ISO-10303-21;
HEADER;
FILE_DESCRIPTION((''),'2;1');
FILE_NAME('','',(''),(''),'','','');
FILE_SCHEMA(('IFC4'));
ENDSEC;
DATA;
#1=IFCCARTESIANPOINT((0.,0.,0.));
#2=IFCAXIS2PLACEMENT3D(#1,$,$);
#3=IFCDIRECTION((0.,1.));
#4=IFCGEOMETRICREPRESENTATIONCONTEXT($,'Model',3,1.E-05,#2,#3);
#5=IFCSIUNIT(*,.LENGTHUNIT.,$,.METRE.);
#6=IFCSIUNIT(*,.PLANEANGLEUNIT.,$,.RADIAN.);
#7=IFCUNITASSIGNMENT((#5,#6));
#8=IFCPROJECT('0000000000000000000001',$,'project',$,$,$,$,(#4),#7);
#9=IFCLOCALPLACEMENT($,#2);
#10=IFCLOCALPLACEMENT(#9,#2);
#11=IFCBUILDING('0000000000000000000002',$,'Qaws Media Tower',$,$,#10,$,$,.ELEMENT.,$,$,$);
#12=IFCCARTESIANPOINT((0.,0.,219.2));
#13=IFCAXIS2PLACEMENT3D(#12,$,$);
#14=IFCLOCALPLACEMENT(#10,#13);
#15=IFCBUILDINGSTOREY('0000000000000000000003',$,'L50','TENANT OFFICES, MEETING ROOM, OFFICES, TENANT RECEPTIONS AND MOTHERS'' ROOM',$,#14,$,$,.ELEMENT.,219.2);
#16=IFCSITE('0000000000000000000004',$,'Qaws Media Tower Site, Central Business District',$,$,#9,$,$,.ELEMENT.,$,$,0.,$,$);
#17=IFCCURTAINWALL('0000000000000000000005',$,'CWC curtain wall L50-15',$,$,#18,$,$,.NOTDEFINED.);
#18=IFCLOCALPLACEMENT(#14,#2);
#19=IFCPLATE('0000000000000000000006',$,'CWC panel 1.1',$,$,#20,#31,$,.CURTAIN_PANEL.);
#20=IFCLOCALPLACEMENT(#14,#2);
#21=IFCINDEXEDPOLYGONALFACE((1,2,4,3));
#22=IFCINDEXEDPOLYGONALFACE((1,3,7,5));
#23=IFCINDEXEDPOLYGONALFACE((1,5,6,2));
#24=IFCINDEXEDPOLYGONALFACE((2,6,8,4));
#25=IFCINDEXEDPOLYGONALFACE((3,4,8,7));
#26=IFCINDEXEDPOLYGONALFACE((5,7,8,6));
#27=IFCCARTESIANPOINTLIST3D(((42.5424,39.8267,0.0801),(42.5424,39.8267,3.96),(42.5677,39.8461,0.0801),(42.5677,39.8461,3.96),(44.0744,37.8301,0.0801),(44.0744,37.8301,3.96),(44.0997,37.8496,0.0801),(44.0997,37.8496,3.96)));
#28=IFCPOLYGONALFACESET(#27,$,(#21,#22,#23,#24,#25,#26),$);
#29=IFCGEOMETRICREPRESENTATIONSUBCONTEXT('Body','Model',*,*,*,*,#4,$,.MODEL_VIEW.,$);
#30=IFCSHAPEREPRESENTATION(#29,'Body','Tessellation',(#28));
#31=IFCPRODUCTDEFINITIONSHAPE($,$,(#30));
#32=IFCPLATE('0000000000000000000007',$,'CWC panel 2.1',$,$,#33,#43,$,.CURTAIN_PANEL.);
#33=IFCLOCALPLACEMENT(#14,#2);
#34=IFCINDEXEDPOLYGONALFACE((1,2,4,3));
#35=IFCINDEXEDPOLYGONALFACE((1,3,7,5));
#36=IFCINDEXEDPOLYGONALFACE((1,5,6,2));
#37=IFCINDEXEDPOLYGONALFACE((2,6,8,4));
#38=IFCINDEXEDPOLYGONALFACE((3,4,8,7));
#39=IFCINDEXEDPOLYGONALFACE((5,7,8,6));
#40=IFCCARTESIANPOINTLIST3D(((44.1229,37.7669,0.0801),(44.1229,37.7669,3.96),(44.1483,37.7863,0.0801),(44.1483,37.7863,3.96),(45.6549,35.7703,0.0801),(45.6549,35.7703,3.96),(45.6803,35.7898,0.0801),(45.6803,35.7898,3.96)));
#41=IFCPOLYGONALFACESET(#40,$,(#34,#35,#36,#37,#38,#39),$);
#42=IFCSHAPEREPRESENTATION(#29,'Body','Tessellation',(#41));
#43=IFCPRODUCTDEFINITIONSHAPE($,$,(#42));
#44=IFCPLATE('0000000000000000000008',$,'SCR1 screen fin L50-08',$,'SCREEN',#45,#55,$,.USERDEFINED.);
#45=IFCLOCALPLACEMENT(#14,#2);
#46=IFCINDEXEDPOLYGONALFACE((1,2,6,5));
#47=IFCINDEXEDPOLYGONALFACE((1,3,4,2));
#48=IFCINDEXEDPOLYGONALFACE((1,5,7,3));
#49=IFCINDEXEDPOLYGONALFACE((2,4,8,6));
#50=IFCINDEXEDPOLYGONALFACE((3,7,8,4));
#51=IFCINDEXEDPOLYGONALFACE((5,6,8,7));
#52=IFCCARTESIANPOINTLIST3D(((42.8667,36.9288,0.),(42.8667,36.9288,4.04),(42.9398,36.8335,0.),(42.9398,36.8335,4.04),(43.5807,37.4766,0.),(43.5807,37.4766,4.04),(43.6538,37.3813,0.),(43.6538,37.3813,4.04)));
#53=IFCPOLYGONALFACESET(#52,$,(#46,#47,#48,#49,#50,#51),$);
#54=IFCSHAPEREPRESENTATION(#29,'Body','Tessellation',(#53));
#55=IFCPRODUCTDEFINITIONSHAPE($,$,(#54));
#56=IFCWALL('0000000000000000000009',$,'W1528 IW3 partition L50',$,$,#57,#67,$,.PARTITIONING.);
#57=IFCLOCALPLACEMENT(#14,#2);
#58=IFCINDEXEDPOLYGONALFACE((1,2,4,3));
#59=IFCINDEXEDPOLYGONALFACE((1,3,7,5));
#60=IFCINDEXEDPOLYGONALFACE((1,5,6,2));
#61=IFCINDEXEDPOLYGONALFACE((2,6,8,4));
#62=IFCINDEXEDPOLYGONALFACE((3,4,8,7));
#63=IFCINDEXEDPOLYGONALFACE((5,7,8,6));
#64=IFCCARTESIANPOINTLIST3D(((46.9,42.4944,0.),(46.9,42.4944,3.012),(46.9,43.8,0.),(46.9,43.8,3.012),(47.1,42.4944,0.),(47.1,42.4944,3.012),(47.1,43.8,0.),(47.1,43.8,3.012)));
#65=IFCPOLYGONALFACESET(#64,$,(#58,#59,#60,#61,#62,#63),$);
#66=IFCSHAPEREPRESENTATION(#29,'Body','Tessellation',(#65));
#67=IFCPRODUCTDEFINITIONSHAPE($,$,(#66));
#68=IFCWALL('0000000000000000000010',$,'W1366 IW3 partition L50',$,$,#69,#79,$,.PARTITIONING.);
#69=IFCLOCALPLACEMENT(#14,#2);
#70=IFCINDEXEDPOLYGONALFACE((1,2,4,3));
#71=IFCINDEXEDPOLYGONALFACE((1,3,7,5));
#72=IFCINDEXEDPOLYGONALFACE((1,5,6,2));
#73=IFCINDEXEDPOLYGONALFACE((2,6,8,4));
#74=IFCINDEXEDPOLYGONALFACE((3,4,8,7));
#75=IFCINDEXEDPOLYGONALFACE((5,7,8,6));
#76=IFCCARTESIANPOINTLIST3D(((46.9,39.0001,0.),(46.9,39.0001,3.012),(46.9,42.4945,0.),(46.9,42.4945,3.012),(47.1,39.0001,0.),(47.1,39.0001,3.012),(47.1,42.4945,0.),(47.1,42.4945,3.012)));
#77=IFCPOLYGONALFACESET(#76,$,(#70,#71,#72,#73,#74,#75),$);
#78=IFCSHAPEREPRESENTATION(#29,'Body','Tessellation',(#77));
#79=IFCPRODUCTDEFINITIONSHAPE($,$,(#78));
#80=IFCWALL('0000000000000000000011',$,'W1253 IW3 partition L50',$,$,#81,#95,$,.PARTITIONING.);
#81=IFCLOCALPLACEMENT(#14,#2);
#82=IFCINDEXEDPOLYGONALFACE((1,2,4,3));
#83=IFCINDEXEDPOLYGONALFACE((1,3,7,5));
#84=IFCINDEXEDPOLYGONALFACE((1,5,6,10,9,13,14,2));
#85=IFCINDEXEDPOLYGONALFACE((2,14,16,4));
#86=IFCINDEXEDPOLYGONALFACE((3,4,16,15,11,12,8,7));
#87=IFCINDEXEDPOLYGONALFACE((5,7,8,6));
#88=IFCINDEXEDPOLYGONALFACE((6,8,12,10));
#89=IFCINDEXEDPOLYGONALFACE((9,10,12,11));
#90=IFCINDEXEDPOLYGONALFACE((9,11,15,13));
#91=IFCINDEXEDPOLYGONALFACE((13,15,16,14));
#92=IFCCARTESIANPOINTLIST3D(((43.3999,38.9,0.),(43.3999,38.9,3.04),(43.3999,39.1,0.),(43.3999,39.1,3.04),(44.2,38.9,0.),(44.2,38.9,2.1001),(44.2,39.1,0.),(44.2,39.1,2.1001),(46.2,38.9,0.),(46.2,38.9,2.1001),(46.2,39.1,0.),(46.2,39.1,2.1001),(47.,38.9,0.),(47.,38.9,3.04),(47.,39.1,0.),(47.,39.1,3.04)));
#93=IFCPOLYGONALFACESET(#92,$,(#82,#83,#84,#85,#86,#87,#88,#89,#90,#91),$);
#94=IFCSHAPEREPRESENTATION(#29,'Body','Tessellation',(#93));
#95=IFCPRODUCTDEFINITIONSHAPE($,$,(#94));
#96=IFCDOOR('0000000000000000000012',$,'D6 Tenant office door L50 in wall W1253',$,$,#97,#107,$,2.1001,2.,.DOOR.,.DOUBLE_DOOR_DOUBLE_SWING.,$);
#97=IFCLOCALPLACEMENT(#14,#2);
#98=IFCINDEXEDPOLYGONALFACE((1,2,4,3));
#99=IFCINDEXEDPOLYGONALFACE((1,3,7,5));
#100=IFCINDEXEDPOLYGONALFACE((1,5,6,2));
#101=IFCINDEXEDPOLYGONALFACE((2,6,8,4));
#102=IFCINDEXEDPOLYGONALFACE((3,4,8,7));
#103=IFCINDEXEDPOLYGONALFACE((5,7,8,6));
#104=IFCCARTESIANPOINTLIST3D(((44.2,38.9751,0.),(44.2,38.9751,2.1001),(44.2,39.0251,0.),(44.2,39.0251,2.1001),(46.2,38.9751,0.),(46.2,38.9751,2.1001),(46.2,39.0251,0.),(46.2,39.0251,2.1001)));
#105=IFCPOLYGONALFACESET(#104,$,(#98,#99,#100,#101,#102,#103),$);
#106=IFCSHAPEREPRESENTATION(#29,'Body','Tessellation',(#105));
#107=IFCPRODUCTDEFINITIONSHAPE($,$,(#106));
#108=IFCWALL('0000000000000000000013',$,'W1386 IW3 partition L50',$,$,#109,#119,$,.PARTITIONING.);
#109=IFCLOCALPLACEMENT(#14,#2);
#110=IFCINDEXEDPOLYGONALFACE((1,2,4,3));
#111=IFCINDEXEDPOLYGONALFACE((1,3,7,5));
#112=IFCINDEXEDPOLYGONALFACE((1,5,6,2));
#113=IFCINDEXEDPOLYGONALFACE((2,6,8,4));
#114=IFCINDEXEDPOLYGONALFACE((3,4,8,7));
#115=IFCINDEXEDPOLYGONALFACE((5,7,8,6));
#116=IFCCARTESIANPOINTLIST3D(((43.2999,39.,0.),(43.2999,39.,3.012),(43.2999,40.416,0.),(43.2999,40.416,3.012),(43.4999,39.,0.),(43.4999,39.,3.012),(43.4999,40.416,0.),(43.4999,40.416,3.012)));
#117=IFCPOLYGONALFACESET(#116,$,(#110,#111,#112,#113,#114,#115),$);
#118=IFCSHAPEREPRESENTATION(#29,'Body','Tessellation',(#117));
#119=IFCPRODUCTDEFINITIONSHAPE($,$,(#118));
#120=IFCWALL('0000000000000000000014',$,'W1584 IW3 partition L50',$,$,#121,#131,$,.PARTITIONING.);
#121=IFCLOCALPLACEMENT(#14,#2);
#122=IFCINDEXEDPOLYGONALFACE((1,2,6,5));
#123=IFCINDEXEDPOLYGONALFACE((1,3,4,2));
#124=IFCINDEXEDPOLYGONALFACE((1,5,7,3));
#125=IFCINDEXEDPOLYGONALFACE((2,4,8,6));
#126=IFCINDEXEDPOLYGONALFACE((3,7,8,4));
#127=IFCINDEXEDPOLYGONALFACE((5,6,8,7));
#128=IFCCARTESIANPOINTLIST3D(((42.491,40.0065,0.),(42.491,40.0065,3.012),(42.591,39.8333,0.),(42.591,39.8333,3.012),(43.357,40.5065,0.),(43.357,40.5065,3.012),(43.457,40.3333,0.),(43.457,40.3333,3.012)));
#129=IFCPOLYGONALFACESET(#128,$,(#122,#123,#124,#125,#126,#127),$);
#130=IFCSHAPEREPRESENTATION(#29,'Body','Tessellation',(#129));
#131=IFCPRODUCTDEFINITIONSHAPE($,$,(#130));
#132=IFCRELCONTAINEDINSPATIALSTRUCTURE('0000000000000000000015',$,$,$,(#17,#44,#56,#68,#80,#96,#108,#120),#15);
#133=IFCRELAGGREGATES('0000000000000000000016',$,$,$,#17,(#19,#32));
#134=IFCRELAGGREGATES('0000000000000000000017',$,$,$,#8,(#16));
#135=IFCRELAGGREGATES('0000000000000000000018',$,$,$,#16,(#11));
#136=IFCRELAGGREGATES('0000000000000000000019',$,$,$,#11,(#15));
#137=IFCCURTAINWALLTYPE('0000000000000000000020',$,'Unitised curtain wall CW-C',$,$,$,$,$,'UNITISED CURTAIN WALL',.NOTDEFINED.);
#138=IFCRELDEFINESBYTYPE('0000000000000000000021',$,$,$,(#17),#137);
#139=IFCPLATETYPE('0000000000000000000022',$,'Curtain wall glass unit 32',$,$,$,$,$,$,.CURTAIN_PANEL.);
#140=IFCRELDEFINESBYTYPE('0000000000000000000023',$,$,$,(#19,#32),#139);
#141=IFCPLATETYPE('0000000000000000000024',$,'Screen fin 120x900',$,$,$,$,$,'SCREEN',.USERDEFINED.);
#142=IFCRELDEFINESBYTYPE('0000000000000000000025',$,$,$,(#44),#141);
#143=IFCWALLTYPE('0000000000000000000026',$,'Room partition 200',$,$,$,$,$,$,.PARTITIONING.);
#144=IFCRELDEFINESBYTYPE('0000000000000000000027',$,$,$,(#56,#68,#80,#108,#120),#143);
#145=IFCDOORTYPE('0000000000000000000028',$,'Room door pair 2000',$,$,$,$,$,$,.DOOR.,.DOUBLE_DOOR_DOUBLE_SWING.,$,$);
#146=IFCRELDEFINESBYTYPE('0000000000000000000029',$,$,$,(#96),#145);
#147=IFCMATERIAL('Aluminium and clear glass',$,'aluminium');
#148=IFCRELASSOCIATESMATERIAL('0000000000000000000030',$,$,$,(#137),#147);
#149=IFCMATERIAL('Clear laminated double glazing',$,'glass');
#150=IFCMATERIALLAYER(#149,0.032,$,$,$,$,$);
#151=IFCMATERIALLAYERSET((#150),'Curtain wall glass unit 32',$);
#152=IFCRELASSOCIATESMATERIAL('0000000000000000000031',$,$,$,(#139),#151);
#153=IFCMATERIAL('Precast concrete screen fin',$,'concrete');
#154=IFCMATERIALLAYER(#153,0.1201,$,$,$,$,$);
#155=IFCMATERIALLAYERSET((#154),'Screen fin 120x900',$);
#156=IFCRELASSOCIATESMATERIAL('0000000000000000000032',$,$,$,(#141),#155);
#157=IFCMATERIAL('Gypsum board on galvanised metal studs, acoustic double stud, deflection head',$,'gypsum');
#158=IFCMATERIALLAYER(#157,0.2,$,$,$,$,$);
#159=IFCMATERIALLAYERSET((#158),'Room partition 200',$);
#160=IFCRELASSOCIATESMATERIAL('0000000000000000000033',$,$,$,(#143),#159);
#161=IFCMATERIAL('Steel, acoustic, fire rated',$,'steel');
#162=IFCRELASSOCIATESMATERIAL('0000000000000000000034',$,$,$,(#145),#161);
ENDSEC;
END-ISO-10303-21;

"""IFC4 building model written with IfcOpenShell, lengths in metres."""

from ifc_helpers import new_model, si_unit, direction, frame, frame_2d, origin, origin_2d, place, context, subcontext, project, spatial, rectangle, extrude, material, layer, layer_set, type_object, element, fill, aggregate, save


model = new_model("IFC4")

# Units and contexts
model_context = context("Model", 3, precision=1e-05, world=origin(), true_north=direction((0.0, 1.0)))
body_context = subcontext(model_context, "Body", "Model", "MODEL_VIEW")
ifc_project = project(units=[si_unit("LENGTHUNIT", "METRE"), si_unit("PLANEANGLEUNIT", "RADIAN")], contexts=[model_context])

# Site, building, storey
site_placement = place(None, origin())
site = spatial("IfcSite", under=ifc_project, at=site_placement, Name="Qaws Media Tower Site, Central Business District", CompositionType="ELEMENT", RefElevation=0.0)
building_placement = place(site_placement, origin())
building = spatial("IfcBuilding", under=site, at=building_placement, Name="Qaws Media Tower", CompositionType="ELEMENT")
storey_placement = place(building_placement, frame((0.0, 0.0, 219.2)))
storey = spatial("IfcBuildingStorey", under=building, at=storey_placement, Name="L50", Description="TENANT OFFICES, MEETING ROOM, OFFICES, TENANT RECEPTIONS AND MOTHERS' ROOM", CompositionType="ELEMENT", Elevation=219.2)

# Shared definitions
ifc_material_1 = material(Name="Aluminium and clear glass", Category="aluminium")
curtain_wall_type = type_object("IfcCurtainWallType", Name="Unitised curtain wall CW-C", ElementType="UNITISED CURTAIN WALL", PredefinedType="NOTDEFINED", material=ifc_material_1)

# Curtain wall
curtain_wall_1_placement = place(storey_placement, origin())
curtain_wall_1 = element("IfcCurtainWall", 1, at=curtain_wall_1_placement, inside=storey, type_object=curtain_wall_type, Name="CWC curtain wall L50-15", PredefinedType="NOTDEFINED")

# Plates
ifc_material_2 = material(Name="Clear laminated double glazing", Category="glass")
ifc_layer_1 = layer(ifc_material_2, 0.032)
ifc_layer_set_1 = layer_set([ifc_layer_1], Name="Curtain wall glass unit 32")
plate_type_1 = type_object("IfcPlateType", Name="Curtain wall glass unit 32", PredefinedType="CURTAIN_PANEL", material=ifc_layer_set_1)
plate_1_placement = place(storey_placement, frame((43.321, 38.8381, 0.0801), z_axis=(0.0, 0.0, 1.0), x_axis=(0.608761, -0.793353, 0.0)))
plate_1 = element("IfcPlate", 2, at=plate_1_placement, type_object=plate_type_1, Name="CWC panel 1.1", PredefinedType="CURTAIN_PANEL", context=body_context, shape_type="SweptSolid", body=[
    extrude(rectangle(XDim=2.5166, YDim=0.032, at=origin_2d()), origin(), (0.0, 0.0, 1.0), 3.8799),
])
plate_2_placement = place(storey_placement, frame((44.9016, 36.7783, 0.0801), z_axis=(0.0, 0.0, 1.0), x_axis=(0.608761, -0.793353, 0.0)))
plate_2 = element("IfcPlate", 3, at=plate_2_placement, type_object=plate_type_1, Name="CWC panel 2.1", PredefinedType="CURTAIN_PANEL", context=body_context, shape_type="SweptSolid", body=[
    extrude(rectangle(XDim=2.5166, YDim=0.032, at=origin_2d()), origin(), (0.0, 0.0, 1.0), 3.8799),
])
aggregate(curtain_wall_1, [plate_1, plate_2])
ifc_material_3 = material(Name="Precast concrete screen fin", Category="concrete")
ifc_layer_2 = layer(ifc_material_3, 0.1201)
ifc_layer_set_2 = layer_set([ifc_layer_2], Name="Screen fin 120x900")
plate_type_2 = type_object("IfcPlateType", Name="Screen fin 120x900", ElementType="SCREEN", PredefinedType="USERDEFINED", material=ifc_layer_set_2)
plate_3_placement = place(storey_placement, frame((43.2603, 37.155, 0.0), z_axis=(0.0, 0.0, 1.0), x_axis=(-0.793353, -0.608761, 0.0)))
element("IfcPlate", 4, at=plate_3_placement, inside=storey, type_object=plate_type_2, Name="SCR1 screen fin L50-08", ObjectType="SCREEN", PredefinedType="USERDEFINED", context=body_context, shape_type="SweptSolid", body=[
    extrude(rectangle(XDim=0.8999, YDim=0.1201, at=origin_2d()), origin(), (0.0, 0.0, 1.0), 4.04),
])

# Walls
ifc_material_4 = material(Name="Gypsum board on galvanised metal studs, acoustic double stud, deflection head", Category="gypsum")
ifc_layer_3 = layer(ifc_material_4, 0.2)
ifc_layer_set_3 = layer_set([ifc_layer_3], Name="Room partition 200")
wall_type = type_object("IfcWallType", Name="Room partition 200", PredefinedType="PARTITIONING", material=ifc_layer_set_3)
wall_1_placement = place(storey_placement, frame((47.0, 43.8, 0.0), z_axis=(0.0, 0.0, 1.0), x_axis=(0.0, -1.0, 0.0)))
element("IfcWall", 5, at=wall_1_placement, inside=storey, type_object=wall_type, Name="W1528 IW3 partition L50", PredefinedType="PARTITIONING", context=body_context, shape_type="SweptSolid", body=[
    extrude(rectangle(XDim=1.3057, YDim=0.2, at=frame_2d((0.6528, 0.0))), origin(), (0.0, 0.0, 1.0), 3.012),
])
wall_2_placement = place(storey_placement, frame((47.0, 42.4944, 0.0), z_axis=(0.0, 0.0, 1.0), x_axis=(0.0, -1.0, 0.0)))
element("IfcWall", 6, at=wall_2_placement, inside=storey, type_object=wall_type, Name="W1366 IW3 partition L50", PredefinedType="PARTITIONING", context=body_context, shape_type="SweptSolid", body=[
    extrude(rectangle(XDim=3.4944, YDim=0.2, at=frame_2d((1.7471, 0.0))), origin(), (0.0, 0.0, 1.0), 3.012),
])

# Wall, opening, door
wall_3_placement = place(storey_placement, frame((47.0, 39.0, 0.0), z_axis=(0.0, 0.0, 1.0), x_axis=(-1.0, 0.0, 0.0)))
wall_3 = element("IfcWall", 7, at=wall_3_placement, inside=storey, type_object=wall_type, Name="W1253 IW3 partition L50", PredefinedType="PARTITIONING", context=body_context, shape_type="SweptSolid", body=[
    extrude(rectangle(XDim=3.6001, YDim=0.2, at=frame_2d((1.8, 0.0))), origin(), (0.0, 0.0, 1.0), 3.04),
])
opening_1_placement = place(wall_3_placement, frame((0.8, 0.0, 0.0)))
opening_1 = element("IfcOpeningElement", 8, at=opening_1_placement, cuts=wall_3, PredefinedType="OPENING", context=body_context, shape_type="SweptSolid", body=[
    extrude(rectangle(XDim=2.0, YDim=2.1001, at=frame_2d((1.0, 1.05))), frame((0.0, 0.1099, 0.0), z_axis=(0.0, -1.0, 0.0), x_axis=(1.0, 0.0, 0.0)), (0.0, 0.0, 1.0), 0.22),
])
ifc_material_5 = material(Name="Steel, acoustic, fire rated", Category="steel")
door_type_1 = type_object("IfcDoorType", Name="Room door pair 2000", OperationType="DOUBLE_DOOR_DOUBLE_SWING", PredefinedType="DOOR", material=ifc_material_5)
door_1_placement = place(opening_1_placement, origin())
door_1 = element("IfcDoor", 9, at=door_1_placement, inside=storey, type_object=door_type_1, Name="D6 Tenant office door L50 in wall W1253", OperationType="DOUBLE_DOOR_DOUBLE_SWING", OverallHeight=2.1001, OverallWidth=2.0, PredefinedType="DOOR", context=body_context, shape_type="SweptSolid", body=[
    extrude(rectangle(XDim=2.0, YDim=2.1001, at=frame_2d((1.0, 1.05))), frame((0.0, 0.0249, 0.0), z_axis=(0.0, -1.0, 0.0), x_axis=(1.0, 0.0, 0.0)), (0.0, 0.0, 1.0), 0.05),
])
fill(opening_1, door_1)

# Wall
wall_4_placement = place(storey_placement, frame((43.3999, 39.0, 0.0), z_axis=(0.0, 0.0, 1.0), x_axis=(0.0, 1.0, 0.0)))
element("IfcWall", 10, at=wall_4_placement, inside=storey, type_object=wall_type, Name="W1386 IW3 partition L50", PredefinedType="PARTITIONING", context=body_context, shape_type="SweptSolid", body=[
    extrude(rectangle(XDim=1.416, YDim=0.2, at=frame_2d((0.708, 0.0))), origin(), (0.0, 0.0, 1.0), 3.012),
])

# Wall
wall_5_placement = place(storey_placement, frame((43.407, 40.4199, 0.0), z_axis=(0.0, 0.0, 1.0), x_axis=(-0.866011, -0.500025, 0.0)))
element("IfcWall", 11, at=wall_5_placement, inside=storey, type_object=wall_type, Name="W1584 IW3 partition L50", PredefinedType="PARTITIONING", context=body_context, shape_type="SweptSolid", body=[
    extrude(rectangle(XDim=1.0, YDim=0.2, at=frame_2d((0.5, 0.0))), origin(), (0.0, 0.0, 1.0), 3.012),
])

save(model, "model.ifc")
